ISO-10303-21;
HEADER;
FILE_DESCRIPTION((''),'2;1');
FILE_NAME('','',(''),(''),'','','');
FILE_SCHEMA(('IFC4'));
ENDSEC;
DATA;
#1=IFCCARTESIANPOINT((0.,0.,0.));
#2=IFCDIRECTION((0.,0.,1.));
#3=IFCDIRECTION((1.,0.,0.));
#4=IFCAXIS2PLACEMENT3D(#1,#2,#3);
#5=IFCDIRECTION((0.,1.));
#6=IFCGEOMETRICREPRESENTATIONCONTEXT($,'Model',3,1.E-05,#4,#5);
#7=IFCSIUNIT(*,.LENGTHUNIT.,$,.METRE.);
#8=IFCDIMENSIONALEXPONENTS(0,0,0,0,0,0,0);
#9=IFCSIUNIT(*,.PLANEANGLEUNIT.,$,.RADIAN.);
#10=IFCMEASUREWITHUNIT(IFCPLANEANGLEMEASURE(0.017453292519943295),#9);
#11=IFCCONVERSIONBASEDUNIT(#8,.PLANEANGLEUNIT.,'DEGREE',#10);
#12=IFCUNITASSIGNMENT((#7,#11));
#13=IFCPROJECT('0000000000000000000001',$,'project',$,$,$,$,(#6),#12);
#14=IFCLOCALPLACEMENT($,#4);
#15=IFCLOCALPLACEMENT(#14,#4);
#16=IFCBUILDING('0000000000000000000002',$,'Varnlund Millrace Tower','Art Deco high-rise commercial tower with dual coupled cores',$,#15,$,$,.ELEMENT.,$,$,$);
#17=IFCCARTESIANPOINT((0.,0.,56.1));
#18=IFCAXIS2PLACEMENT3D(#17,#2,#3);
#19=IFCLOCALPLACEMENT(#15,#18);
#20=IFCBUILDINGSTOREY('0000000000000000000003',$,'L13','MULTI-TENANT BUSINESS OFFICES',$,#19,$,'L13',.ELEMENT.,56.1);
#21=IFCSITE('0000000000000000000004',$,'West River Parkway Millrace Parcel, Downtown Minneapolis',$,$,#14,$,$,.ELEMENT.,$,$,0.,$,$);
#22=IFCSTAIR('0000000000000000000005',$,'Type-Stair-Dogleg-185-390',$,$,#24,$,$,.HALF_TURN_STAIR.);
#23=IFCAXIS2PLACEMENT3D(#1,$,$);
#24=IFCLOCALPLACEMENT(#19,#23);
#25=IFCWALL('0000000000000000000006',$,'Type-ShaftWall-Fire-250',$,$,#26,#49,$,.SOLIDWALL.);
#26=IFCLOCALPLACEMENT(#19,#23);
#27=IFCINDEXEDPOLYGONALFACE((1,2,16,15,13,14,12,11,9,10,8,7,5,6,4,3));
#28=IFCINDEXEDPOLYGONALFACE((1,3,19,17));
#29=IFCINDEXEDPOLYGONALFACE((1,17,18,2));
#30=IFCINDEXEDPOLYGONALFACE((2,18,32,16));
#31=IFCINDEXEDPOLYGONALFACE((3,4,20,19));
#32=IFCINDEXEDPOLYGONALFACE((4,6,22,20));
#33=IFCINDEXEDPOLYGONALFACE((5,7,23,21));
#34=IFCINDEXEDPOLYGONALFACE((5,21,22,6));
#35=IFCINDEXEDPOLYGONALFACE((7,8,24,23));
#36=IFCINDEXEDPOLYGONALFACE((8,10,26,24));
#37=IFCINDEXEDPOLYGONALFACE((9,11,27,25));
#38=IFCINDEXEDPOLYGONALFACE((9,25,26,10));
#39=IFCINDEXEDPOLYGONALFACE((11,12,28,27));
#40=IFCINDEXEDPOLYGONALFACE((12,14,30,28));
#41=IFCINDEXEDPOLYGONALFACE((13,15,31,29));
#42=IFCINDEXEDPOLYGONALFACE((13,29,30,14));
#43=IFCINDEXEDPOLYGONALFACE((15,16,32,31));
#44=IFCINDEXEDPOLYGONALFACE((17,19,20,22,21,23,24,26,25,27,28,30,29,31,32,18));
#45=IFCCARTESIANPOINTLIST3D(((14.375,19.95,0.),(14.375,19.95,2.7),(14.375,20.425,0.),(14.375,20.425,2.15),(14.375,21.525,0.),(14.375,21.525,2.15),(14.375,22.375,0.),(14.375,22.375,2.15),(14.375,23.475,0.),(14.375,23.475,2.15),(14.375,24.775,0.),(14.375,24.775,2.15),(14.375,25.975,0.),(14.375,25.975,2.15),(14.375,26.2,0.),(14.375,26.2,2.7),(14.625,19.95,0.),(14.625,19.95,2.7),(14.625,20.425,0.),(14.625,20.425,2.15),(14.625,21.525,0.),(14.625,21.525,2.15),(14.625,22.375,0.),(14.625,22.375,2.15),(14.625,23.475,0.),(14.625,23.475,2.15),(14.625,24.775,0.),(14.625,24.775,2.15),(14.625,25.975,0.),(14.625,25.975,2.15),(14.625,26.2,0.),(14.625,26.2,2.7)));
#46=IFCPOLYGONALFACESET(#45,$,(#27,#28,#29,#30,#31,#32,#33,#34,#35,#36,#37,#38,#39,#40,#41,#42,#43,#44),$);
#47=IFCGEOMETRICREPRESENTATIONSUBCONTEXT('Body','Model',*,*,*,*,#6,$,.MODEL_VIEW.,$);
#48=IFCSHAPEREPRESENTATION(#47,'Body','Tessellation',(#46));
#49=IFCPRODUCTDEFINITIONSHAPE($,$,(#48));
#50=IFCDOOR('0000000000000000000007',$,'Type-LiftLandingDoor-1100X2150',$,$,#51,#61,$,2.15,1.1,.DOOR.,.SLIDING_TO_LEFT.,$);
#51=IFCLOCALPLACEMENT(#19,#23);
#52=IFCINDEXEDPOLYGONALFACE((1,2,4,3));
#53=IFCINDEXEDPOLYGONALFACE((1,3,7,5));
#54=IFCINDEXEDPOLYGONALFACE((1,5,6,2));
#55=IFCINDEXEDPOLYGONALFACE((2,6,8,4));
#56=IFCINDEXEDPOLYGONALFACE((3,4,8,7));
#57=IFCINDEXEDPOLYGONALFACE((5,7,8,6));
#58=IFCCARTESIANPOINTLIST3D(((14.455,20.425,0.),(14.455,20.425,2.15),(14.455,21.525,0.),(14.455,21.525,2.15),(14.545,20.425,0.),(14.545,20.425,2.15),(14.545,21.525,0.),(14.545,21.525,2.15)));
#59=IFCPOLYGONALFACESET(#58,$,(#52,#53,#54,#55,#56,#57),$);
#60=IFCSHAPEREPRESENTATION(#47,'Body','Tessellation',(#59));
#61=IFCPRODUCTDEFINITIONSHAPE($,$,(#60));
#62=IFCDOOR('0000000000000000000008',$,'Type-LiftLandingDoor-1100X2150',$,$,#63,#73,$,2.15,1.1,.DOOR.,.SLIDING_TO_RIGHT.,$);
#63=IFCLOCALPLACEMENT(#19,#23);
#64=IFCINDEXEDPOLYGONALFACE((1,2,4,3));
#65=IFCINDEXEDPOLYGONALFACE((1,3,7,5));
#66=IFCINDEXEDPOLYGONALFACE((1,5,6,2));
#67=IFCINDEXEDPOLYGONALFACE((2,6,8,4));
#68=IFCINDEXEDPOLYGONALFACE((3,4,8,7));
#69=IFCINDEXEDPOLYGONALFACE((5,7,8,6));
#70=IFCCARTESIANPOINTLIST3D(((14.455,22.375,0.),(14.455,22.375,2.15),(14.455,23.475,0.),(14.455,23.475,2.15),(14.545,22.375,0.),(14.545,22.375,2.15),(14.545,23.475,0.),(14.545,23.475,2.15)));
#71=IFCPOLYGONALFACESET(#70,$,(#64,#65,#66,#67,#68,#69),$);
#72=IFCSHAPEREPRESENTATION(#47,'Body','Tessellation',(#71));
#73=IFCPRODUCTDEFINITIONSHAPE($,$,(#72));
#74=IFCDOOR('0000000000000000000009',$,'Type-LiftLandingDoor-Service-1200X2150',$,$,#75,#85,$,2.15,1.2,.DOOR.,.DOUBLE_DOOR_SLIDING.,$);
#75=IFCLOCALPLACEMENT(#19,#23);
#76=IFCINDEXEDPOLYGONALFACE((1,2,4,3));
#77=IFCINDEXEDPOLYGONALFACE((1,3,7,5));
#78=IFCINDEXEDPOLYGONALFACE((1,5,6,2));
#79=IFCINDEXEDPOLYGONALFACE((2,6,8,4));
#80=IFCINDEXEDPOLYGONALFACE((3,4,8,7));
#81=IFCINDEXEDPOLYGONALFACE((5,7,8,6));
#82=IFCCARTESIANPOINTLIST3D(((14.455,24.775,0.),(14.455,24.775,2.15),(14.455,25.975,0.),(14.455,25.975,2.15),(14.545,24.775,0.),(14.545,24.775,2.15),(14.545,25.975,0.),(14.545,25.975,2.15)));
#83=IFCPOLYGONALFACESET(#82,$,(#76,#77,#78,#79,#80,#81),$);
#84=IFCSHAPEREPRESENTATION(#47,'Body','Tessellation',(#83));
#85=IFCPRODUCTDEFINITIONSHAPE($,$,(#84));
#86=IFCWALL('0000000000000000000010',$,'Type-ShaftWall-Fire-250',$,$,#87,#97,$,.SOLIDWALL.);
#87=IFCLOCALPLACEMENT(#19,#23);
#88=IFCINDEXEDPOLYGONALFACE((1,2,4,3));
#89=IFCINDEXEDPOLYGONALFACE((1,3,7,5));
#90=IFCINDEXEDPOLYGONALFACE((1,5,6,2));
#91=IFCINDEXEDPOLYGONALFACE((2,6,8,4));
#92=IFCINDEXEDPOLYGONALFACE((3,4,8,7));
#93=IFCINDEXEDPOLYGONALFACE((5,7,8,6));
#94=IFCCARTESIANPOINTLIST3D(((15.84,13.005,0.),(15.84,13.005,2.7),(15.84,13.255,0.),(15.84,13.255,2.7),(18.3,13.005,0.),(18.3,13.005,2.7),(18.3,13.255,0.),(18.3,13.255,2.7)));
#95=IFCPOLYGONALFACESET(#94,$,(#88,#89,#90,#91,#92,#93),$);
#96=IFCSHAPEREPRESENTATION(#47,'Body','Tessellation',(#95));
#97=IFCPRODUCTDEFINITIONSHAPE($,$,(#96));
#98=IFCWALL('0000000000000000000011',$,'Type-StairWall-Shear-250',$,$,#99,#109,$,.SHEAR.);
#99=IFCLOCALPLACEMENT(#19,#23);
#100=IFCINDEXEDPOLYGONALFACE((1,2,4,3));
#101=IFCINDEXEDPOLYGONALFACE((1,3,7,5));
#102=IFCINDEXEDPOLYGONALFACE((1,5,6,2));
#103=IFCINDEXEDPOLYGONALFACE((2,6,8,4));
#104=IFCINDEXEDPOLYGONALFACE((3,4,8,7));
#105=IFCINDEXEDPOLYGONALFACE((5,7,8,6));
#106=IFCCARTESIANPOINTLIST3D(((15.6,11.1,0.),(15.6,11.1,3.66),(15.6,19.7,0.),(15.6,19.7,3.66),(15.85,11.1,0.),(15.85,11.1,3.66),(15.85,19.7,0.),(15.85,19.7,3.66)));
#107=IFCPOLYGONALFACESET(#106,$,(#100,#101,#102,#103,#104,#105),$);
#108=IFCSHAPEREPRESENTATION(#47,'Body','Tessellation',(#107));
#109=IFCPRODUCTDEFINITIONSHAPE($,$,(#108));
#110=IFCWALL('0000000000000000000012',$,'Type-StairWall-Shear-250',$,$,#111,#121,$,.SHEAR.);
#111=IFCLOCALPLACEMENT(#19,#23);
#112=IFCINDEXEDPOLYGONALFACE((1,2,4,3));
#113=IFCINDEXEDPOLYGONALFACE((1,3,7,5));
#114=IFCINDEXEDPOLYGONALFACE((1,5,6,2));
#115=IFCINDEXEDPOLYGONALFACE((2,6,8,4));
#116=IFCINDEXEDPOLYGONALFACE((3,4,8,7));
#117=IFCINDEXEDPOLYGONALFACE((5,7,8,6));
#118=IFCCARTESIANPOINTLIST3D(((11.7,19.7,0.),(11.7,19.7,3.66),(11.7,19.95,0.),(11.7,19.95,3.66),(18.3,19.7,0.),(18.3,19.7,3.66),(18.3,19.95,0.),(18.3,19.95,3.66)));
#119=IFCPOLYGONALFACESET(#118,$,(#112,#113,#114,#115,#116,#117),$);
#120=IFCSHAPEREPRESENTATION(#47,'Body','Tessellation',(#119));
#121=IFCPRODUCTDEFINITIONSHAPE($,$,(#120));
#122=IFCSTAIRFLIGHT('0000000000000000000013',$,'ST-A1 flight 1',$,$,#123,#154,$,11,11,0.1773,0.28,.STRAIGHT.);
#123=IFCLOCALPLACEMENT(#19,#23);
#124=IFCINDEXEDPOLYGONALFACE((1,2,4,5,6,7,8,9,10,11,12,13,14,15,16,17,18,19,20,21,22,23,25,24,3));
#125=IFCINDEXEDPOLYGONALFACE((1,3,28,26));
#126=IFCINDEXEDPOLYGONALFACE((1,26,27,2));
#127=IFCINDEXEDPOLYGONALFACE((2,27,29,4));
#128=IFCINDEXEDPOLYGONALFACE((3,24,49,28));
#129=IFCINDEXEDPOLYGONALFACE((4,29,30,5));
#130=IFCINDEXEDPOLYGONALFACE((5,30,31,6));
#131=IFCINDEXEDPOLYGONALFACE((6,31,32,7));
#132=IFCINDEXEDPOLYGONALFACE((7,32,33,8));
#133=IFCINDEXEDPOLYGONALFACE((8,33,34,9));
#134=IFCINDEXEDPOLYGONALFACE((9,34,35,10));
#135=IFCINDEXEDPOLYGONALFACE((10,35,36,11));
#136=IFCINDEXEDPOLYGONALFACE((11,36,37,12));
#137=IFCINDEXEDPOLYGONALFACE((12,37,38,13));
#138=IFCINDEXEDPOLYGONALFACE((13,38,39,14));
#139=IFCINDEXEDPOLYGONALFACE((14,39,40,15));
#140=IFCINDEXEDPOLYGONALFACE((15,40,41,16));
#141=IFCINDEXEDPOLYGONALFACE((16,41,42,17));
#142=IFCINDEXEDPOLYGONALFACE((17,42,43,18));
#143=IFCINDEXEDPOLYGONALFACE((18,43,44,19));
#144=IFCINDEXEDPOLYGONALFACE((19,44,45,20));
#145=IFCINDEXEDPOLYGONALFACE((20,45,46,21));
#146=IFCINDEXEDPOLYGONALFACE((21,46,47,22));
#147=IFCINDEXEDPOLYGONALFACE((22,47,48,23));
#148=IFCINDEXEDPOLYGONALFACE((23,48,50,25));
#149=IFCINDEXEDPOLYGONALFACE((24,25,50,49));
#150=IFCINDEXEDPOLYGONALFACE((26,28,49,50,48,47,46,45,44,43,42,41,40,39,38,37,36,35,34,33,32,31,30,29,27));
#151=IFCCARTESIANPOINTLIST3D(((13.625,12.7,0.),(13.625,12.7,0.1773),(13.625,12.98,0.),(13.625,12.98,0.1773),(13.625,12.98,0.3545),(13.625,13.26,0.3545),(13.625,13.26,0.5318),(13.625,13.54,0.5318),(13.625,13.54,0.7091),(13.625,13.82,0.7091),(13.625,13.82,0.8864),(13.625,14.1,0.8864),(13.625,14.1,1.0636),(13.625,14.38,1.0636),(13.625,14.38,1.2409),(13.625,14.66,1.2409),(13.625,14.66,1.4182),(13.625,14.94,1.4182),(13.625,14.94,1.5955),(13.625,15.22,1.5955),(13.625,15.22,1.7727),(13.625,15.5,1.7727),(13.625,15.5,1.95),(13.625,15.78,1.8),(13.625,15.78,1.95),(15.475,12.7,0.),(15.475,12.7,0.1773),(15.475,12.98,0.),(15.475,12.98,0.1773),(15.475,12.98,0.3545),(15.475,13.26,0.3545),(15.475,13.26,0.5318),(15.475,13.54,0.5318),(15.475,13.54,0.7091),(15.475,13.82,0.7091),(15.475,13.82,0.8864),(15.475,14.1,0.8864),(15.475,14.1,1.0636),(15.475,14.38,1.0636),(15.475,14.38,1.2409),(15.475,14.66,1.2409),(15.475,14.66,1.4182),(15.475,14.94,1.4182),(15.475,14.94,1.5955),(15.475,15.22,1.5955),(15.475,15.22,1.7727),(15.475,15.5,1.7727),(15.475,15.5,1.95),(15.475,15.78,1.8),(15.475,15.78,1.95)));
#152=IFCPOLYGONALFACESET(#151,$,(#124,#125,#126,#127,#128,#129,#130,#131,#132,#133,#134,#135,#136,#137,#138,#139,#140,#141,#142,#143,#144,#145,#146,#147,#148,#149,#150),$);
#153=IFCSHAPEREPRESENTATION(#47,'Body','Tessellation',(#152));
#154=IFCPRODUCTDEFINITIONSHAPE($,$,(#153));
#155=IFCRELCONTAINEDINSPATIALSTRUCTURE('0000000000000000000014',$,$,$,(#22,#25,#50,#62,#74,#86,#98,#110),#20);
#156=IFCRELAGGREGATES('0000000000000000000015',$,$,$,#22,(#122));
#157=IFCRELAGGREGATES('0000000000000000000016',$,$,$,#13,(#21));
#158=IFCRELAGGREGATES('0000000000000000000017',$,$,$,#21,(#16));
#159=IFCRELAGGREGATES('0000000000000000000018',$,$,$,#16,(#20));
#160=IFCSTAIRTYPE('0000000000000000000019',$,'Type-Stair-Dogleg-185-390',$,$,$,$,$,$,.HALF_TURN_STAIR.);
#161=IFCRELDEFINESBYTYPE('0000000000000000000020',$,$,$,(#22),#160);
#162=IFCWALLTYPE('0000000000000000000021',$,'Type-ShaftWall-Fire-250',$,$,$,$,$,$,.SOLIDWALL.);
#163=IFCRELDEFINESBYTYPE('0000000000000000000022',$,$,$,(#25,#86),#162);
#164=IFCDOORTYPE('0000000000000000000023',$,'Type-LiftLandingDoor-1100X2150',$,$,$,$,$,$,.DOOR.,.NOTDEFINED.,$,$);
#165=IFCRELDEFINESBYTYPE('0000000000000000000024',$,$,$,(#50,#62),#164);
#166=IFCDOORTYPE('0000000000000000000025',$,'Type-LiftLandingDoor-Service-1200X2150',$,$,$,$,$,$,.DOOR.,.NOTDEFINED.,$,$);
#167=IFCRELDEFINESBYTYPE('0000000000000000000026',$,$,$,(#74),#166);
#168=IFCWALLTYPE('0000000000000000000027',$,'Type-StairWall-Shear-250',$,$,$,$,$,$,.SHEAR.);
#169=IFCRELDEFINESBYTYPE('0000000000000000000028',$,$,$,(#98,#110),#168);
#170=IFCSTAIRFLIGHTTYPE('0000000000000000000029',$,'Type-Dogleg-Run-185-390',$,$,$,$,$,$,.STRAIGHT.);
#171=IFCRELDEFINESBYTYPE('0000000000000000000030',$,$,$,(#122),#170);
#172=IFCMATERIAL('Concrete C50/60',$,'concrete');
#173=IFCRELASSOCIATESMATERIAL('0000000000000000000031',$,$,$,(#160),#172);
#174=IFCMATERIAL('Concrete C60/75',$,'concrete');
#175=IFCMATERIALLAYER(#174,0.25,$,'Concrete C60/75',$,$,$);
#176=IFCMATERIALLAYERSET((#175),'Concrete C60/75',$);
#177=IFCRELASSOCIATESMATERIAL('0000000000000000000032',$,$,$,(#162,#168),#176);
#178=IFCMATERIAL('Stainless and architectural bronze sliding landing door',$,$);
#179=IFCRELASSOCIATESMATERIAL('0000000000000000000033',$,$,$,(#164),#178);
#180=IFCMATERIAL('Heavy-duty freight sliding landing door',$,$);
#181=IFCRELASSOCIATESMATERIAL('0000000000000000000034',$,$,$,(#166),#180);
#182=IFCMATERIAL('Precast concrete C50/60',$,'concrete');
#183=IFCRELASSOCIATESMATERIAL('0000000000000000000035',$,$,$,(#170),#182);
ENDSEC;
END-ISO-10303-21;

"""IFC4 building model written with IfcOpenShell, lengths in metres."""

from ifc_helpers import new_model, entity, si_unit, converted_unit, direction, frame, origin_with_axes, origin_2d_with_axis, place, context, subcontext, project, spatial, polyline, rectangle, outline, extrude, material, layer, layer_set, type_object, element, fill, aggregate, save


model = new_model("IFC4")

# Units and contexts
model_context = context("Model", 3, precision=1e-05, world=origin_with_axes(), true_north=direction((0.0, 1.0)))
body_context = subcontext(model_context, "Body", "Model", "MODEL_VIEW")
ifc_project = project(units=[si_unit("LENGTHUNIT", "METRE"), converted_unit("PLANEANGLEUNIT", "DEGREE", entity("IfcPlaneAngleMeasure", 0.017453292519943295), si_unit("PLANEANGLEUNIT", "RADIAN"), dimensions=[0, 0, 0, 0, 0, 0, 0])], contexts=[model_context])

# Site, building, storey
site_placement = place(None, origin_with_axes())
site = spatial("IfcSite", under=ifc_project, at=site_placement, Name="West River Parkway Millrace Parcel, Downtown Minneapolis", CompositionType="ELEMENT", RefElevation=0.0)
building_placement = place(site_placement, origin_with_axes())
building = spatial("IfcBuilding", under=site, at=building_placement, Name="Varnlund Millrace Tower", Description="Art Deco high-rise commercial tower with dual coupled cores", CompositionType="ELEMENT")
storey_placement = place(building_placement, frame((0.0, 0.0, 56.1), z_axis=(0.0, 0.0, 1.0), x_axis=(1.0, 0.0, 0.0)))
storey = spatial("IfcBuildingStorey", under=building, at=storey_placement, Name="L13", Description="MULTI-TENANT BUSINESS OFFICES", LongName="L13", CompositionType="ELEMENT", Elevation=56.1)

# Stair
ifc_material_1 = material(Name="Concrete C50/60", Category="concrete")
stair_type_1 = type_object("IfcStairType", Name="Type-Stair-Dogleg-185-390", PredefinedType="HALF_TURN_STAIR", material=ifc_material_1)
stair_1_placement = place(storey_placement, origin_with_axes())
stair_1 = element("IfcStair", 1, at=stair_1_placement, inside=storey, type_object=stair_type_1, Name="Type-Stair-Dogleg-185-390", PredefinedType="HALF_TURN_STAIR")

# Wall, openings, doors
ifc_material_2 = material(Name="Concrete C60/75", Category="concrete")
ifc_layer_1 = layer(ifc_material_2, 0.25, Name="Concrete C60/75")
ifc_layer_set_1 = layer_set([ifc_layer_1], Name="Concrete C60/75")
wall_type_1 = type_object("IfcWallType", Name="Type-ShaftWall-Fire-250", PredefinedType="SOLIDWALL", material=ifc_layer_set_1)
wall_1_placement = place(storey_placement, frame((14.5, 19.95, 0.0), z_axis=(0.0, 0.0, 1.0), x_axis=(0.0, 1.0, 0.0)))
wall_1 = element("IfcWall", 2, at=wall_1_placement, inside=storey, type_object=wall_type_1, Name="Type-ShaftWall-Fire-250", PredefinedType="SOLIDWALL", context=body_context, shape_type="SweptSolid", body=[
    extrude(outline(polyline([(0.0, -0.125), (6.25, -0.125), (6.25, 0.125), (0.0, 0.125), (0.0, -0.125)])), origin_with_axes(), (0.0, 0.0, 1.0), 2.7),
])
opening_1_placement = place(wall_1_placement, frame((1.025, 0.0, 0.0), z_axis=(0.0, 0.0, 1.0), x_axis=(1.0, 0.0, 0.0)))
opening_1 = element("IfcOpeningElement", 3, at=opening_1_placement, cuts=wall_1, PredefinedType="OPENING", context=body_context, shape_type="SweptSolid", body=[
    extrude(rectangle(XDim=1.1, YDim=0.27, at=origin_2d_with_axis()), origin_with_axes(), (0.0, 0.0, 1.0), 2.15),
])
opening_2_placement = place(wall_1_placement, frame((2.975, 0.0, 0.0), z_axis=(0.0, 0.0, 1.0), x_axis=(1.0, 0.0, 0.0)))
opening_2 = element("IfcOpeningElement", 4, at=opening_2_placement, cuts=wall_1, PredefinedType="OPENING", context=body_context, shape_type="SweptSolid", body=[
    extrude(rectangle(XDim=1.1, YDim=0.27, at=origin_2d_with_axis()), origin_with_axes(), (0.0, 0.0, 1.0), 2.15),
])
opening_3_placement = place(wall_1_placement, frame((5.425, 0.0, 0.0), z_axis=(0.0, 0.0, 1.0), x_axis=(1.0, 0.0, 0.0)))
opening_3 = element("IfcOpeningElement", 5, at=opening_3_placement, cuts=wall_1, PredefinedType="OPENING", context=body_context, shape_type="SweptSolid", body=[
    extrude(rectangle(XDim=1.2, YDim=0.27, at=origin_2d_with_axis()), origin_with_axes(), (0.0, 0.0, 1.0), 2.15),
])
ifc_material_3 = material(Name="Stainless and architectural bronze sliding landing door")
door_type_1 = type_object("IfcDoorType", Name="Type-LiftLandingDoor-1100X2150", OperationType="NOTDEFINED", PredefinedType="DOOR", material=ifc_material_3)
door_1_placement = place(wall_1_placement, frame((1.025, 0.0, 0.0), z_axis=(0.0, 0.0, 1.0), x_axis=(1.0, 0.0, 0.0)))
door_1 = element("IfcDoor", 6, at=door_1_placement, inside=storey, type_object=door_type_1, Name="Type-LiftLandingDoor-1100X2150", OperationType="SLIDING_TO_LEFT", OverallHeight=2.15, OverallWidth=1.1, PredefinedType="DOOR", context=body_context, shape_type="SweptSolid", body=[
    extrude(rectangle(XDim=1.1, YDim=0.09, at=origin_2d_with_axis()), origin_with_axes(), (0.0, 0.0, 1.0), 2.15),
])
fill(opening_1, door_1)
door_2_placement = place(wall_1_placement, frame((2.975, 0.0, 0.0), z_axis=(0.0, 0.0, 1.0), x_axis=(1.0, 0.0, 0.0)))
door_2 = element("IfcDoor", 7, at=door_2_placement, inside=storey, type_object=door_type_1, Name="Type-LiftLandingDoor-1100X2150", OperationType="SLIDING_TO_RIGHT", OverallHeight=2.15, OverallWidth=1.1, PredefinedType="DOOR", context=body_context, shape_type="SweptSolid", body=[
    extrude(rectangle(XDim=1.1, YDim=0.09, at=origin_2d_with_axis()), origin_with_axes(), (0.0, 0.0, 1.0), 2.15),
])
fill(opening_2, door_2)
ifc_material_4 = material(Name="Heavy-duty freight sliding landing door")
door_type_2 = type_object("IfcDoorType", Name="Type-LiftLandingDoor-Service-1200X2150", OperationType="NOTDEFINED", PredefinedType="DOOR", material=ifc_material_4)
door_3_placement = place(wall_1_placement, frame((5.425, 0.0, 0.0), z_axis=(0.0, 0.0, 1.0), x_axis=(1.0, 0.0, 0.0)))
door_3 = element("IfcDoor", 8, at=door_3_placement, inside=storey, type_object=door_type_2, Name="Type-LiftLandingDoor-Service-1200X2150", OperationType="DOUBLE_DOOR_SLIDING", OverallHeight=2.15, OverallWidth=1.2, PredefinedType="DOOR", context=body_context, shape_type="SweptSolid", body=[
    extrude(rectangle(XDim=1.2, YDim=0.09, at=origin_2d_with_axis()), origin_with_axes(), (0.0, 0.0, 1.0), 2.15),
])
fill(opening_3, door_3)

# Walls
wall_2_placement = place(storey_placement, frame((15.84, 13.13, 0.0), z_axis=(0.0, 0.0, 1.0), x_axis=(1.0, 0.0, 0.0)))
element("IfcWall", 9, at=wall_2_placement, inside=storey, type_object=wall_type_1, Name="Type-ShaftWall-Fire-250", PredefinedType="SOLIDWALL", context=body_context, shape_type="SweptSolid", body=[
    extrude(outline(polyline([(0.0, -0.125), (2.46, -0.125), (2.46, 0.125), (0.0, 0.125), (0.0, -0.125)])), origin_with_axes(), (0.0, 0.0, 1.0), 2.7),
])
wall_type_2 = type_object("IfcWallType", Name="Type-StairWall-Shear-250", PredefinedType="SHEAR", material=ifc_layer_set_1)
wall_3_placement = place(storey_placement, frame((15.725, 11.1, 0.0), z_axis=(0.0, 0.0, 1.0), x_axis=(0.0, 1.0, 0.0)))
element("IfcWall", 10, at=wall_3_placement, inside=storey, type_object=wall_type_2, Name="Type-StairWall-Shear-250", PredefinedType="SHEAR", context=body_context, shape_type="SweptSolid", body=[
    extrude(outline(polyline([(0.0, -0.125), (8.6, -0.125), (8.6, 0.125), (0.0, 0.125), (0.0, -0.125)])), origin_with_axes(), (0.0, 0.0, 1.0), 3.66),
])
wall_4_placement = place(storey_placement, frame((11.7, 19.825, 0.0), z_axis=(0.0, 0.0, 1.0), x_axis=(1.0, 0.0, 0.0)))
element("IfcWall", 11, at=wall_4_placement, inside=storey, type_object=wall_type_2, Name="Type-StairWall-Shear-250", PredefinedType="SHEAR", context=body_context, shape_type="SweptSolid", body=[
    extrude(outline(polyline([(0.0, -0.125), (6.6, -0.125), (6.6, 0.125), (0.0, 0.125), (0.0, -0.125)])), origin_with_axes(), (0.0, 0.0, 1.0), 3.66),
])

# Stair flight
ifc_material_5 = material(Name="Precast concrete C50/60", Category="concrete")
stair_flight_type = type_object("IfcStairFlightType", Name="Type-Dogleg-Run-185-390", PredefinedType="STRAIGHT", material=ifc_material_5)
stair_flight_1_placement = place(storey_placement, frame((13.625, 12.7, 0.0), z_axis=(1.0, 0.0, 0.0), x_axis=(0.0, 1.0, 0.0)))
stair_flight_1 = element("IfcStairFlight", 12, at=stair_flight_1_placement, type_object=stair_flight_type, Name="ST-A1 flight 1", NumberOfRisers=11, NumberOfTreads=11, PredefinedType="STRAIGHT", RiserHeight=0.1773, TreadLength=0.28, context=body_context, shape_type="SweptSolid", body=[
    extrude(outline(polyline([(0.0, 0.0), (0.0, 0.1773), (0.28, 0.1773), (0.28, 0.3545), (0.56, 0.3545), (0.56, 0.5318), (0.84, 0.5318), (0.84, 0.7091), (1.12, 0.7091), (1.12, 0.8864), (1.4, 0.8864), (1.4, 1.0636), (1.68, 1.0636), (1.68, 1.2409), (1.96, 1.2409), (1.96, 1.4182), (2.24, 1.4182), (2.24, 1.5955), (2.52, 1.5955), (2.52, 1.7727), (2.8, 1.7727), (2.8, 1.95), (3.08, 1.95), (3.08, 1.8), (0.28, 0.0), (0.0, 0.0)])), origin_with_axes(), (0.0, 0.0, 1.0), 1.85),
])
aggregate(stair_1, [stair_flight_1])

save(model, "model.ifc")
